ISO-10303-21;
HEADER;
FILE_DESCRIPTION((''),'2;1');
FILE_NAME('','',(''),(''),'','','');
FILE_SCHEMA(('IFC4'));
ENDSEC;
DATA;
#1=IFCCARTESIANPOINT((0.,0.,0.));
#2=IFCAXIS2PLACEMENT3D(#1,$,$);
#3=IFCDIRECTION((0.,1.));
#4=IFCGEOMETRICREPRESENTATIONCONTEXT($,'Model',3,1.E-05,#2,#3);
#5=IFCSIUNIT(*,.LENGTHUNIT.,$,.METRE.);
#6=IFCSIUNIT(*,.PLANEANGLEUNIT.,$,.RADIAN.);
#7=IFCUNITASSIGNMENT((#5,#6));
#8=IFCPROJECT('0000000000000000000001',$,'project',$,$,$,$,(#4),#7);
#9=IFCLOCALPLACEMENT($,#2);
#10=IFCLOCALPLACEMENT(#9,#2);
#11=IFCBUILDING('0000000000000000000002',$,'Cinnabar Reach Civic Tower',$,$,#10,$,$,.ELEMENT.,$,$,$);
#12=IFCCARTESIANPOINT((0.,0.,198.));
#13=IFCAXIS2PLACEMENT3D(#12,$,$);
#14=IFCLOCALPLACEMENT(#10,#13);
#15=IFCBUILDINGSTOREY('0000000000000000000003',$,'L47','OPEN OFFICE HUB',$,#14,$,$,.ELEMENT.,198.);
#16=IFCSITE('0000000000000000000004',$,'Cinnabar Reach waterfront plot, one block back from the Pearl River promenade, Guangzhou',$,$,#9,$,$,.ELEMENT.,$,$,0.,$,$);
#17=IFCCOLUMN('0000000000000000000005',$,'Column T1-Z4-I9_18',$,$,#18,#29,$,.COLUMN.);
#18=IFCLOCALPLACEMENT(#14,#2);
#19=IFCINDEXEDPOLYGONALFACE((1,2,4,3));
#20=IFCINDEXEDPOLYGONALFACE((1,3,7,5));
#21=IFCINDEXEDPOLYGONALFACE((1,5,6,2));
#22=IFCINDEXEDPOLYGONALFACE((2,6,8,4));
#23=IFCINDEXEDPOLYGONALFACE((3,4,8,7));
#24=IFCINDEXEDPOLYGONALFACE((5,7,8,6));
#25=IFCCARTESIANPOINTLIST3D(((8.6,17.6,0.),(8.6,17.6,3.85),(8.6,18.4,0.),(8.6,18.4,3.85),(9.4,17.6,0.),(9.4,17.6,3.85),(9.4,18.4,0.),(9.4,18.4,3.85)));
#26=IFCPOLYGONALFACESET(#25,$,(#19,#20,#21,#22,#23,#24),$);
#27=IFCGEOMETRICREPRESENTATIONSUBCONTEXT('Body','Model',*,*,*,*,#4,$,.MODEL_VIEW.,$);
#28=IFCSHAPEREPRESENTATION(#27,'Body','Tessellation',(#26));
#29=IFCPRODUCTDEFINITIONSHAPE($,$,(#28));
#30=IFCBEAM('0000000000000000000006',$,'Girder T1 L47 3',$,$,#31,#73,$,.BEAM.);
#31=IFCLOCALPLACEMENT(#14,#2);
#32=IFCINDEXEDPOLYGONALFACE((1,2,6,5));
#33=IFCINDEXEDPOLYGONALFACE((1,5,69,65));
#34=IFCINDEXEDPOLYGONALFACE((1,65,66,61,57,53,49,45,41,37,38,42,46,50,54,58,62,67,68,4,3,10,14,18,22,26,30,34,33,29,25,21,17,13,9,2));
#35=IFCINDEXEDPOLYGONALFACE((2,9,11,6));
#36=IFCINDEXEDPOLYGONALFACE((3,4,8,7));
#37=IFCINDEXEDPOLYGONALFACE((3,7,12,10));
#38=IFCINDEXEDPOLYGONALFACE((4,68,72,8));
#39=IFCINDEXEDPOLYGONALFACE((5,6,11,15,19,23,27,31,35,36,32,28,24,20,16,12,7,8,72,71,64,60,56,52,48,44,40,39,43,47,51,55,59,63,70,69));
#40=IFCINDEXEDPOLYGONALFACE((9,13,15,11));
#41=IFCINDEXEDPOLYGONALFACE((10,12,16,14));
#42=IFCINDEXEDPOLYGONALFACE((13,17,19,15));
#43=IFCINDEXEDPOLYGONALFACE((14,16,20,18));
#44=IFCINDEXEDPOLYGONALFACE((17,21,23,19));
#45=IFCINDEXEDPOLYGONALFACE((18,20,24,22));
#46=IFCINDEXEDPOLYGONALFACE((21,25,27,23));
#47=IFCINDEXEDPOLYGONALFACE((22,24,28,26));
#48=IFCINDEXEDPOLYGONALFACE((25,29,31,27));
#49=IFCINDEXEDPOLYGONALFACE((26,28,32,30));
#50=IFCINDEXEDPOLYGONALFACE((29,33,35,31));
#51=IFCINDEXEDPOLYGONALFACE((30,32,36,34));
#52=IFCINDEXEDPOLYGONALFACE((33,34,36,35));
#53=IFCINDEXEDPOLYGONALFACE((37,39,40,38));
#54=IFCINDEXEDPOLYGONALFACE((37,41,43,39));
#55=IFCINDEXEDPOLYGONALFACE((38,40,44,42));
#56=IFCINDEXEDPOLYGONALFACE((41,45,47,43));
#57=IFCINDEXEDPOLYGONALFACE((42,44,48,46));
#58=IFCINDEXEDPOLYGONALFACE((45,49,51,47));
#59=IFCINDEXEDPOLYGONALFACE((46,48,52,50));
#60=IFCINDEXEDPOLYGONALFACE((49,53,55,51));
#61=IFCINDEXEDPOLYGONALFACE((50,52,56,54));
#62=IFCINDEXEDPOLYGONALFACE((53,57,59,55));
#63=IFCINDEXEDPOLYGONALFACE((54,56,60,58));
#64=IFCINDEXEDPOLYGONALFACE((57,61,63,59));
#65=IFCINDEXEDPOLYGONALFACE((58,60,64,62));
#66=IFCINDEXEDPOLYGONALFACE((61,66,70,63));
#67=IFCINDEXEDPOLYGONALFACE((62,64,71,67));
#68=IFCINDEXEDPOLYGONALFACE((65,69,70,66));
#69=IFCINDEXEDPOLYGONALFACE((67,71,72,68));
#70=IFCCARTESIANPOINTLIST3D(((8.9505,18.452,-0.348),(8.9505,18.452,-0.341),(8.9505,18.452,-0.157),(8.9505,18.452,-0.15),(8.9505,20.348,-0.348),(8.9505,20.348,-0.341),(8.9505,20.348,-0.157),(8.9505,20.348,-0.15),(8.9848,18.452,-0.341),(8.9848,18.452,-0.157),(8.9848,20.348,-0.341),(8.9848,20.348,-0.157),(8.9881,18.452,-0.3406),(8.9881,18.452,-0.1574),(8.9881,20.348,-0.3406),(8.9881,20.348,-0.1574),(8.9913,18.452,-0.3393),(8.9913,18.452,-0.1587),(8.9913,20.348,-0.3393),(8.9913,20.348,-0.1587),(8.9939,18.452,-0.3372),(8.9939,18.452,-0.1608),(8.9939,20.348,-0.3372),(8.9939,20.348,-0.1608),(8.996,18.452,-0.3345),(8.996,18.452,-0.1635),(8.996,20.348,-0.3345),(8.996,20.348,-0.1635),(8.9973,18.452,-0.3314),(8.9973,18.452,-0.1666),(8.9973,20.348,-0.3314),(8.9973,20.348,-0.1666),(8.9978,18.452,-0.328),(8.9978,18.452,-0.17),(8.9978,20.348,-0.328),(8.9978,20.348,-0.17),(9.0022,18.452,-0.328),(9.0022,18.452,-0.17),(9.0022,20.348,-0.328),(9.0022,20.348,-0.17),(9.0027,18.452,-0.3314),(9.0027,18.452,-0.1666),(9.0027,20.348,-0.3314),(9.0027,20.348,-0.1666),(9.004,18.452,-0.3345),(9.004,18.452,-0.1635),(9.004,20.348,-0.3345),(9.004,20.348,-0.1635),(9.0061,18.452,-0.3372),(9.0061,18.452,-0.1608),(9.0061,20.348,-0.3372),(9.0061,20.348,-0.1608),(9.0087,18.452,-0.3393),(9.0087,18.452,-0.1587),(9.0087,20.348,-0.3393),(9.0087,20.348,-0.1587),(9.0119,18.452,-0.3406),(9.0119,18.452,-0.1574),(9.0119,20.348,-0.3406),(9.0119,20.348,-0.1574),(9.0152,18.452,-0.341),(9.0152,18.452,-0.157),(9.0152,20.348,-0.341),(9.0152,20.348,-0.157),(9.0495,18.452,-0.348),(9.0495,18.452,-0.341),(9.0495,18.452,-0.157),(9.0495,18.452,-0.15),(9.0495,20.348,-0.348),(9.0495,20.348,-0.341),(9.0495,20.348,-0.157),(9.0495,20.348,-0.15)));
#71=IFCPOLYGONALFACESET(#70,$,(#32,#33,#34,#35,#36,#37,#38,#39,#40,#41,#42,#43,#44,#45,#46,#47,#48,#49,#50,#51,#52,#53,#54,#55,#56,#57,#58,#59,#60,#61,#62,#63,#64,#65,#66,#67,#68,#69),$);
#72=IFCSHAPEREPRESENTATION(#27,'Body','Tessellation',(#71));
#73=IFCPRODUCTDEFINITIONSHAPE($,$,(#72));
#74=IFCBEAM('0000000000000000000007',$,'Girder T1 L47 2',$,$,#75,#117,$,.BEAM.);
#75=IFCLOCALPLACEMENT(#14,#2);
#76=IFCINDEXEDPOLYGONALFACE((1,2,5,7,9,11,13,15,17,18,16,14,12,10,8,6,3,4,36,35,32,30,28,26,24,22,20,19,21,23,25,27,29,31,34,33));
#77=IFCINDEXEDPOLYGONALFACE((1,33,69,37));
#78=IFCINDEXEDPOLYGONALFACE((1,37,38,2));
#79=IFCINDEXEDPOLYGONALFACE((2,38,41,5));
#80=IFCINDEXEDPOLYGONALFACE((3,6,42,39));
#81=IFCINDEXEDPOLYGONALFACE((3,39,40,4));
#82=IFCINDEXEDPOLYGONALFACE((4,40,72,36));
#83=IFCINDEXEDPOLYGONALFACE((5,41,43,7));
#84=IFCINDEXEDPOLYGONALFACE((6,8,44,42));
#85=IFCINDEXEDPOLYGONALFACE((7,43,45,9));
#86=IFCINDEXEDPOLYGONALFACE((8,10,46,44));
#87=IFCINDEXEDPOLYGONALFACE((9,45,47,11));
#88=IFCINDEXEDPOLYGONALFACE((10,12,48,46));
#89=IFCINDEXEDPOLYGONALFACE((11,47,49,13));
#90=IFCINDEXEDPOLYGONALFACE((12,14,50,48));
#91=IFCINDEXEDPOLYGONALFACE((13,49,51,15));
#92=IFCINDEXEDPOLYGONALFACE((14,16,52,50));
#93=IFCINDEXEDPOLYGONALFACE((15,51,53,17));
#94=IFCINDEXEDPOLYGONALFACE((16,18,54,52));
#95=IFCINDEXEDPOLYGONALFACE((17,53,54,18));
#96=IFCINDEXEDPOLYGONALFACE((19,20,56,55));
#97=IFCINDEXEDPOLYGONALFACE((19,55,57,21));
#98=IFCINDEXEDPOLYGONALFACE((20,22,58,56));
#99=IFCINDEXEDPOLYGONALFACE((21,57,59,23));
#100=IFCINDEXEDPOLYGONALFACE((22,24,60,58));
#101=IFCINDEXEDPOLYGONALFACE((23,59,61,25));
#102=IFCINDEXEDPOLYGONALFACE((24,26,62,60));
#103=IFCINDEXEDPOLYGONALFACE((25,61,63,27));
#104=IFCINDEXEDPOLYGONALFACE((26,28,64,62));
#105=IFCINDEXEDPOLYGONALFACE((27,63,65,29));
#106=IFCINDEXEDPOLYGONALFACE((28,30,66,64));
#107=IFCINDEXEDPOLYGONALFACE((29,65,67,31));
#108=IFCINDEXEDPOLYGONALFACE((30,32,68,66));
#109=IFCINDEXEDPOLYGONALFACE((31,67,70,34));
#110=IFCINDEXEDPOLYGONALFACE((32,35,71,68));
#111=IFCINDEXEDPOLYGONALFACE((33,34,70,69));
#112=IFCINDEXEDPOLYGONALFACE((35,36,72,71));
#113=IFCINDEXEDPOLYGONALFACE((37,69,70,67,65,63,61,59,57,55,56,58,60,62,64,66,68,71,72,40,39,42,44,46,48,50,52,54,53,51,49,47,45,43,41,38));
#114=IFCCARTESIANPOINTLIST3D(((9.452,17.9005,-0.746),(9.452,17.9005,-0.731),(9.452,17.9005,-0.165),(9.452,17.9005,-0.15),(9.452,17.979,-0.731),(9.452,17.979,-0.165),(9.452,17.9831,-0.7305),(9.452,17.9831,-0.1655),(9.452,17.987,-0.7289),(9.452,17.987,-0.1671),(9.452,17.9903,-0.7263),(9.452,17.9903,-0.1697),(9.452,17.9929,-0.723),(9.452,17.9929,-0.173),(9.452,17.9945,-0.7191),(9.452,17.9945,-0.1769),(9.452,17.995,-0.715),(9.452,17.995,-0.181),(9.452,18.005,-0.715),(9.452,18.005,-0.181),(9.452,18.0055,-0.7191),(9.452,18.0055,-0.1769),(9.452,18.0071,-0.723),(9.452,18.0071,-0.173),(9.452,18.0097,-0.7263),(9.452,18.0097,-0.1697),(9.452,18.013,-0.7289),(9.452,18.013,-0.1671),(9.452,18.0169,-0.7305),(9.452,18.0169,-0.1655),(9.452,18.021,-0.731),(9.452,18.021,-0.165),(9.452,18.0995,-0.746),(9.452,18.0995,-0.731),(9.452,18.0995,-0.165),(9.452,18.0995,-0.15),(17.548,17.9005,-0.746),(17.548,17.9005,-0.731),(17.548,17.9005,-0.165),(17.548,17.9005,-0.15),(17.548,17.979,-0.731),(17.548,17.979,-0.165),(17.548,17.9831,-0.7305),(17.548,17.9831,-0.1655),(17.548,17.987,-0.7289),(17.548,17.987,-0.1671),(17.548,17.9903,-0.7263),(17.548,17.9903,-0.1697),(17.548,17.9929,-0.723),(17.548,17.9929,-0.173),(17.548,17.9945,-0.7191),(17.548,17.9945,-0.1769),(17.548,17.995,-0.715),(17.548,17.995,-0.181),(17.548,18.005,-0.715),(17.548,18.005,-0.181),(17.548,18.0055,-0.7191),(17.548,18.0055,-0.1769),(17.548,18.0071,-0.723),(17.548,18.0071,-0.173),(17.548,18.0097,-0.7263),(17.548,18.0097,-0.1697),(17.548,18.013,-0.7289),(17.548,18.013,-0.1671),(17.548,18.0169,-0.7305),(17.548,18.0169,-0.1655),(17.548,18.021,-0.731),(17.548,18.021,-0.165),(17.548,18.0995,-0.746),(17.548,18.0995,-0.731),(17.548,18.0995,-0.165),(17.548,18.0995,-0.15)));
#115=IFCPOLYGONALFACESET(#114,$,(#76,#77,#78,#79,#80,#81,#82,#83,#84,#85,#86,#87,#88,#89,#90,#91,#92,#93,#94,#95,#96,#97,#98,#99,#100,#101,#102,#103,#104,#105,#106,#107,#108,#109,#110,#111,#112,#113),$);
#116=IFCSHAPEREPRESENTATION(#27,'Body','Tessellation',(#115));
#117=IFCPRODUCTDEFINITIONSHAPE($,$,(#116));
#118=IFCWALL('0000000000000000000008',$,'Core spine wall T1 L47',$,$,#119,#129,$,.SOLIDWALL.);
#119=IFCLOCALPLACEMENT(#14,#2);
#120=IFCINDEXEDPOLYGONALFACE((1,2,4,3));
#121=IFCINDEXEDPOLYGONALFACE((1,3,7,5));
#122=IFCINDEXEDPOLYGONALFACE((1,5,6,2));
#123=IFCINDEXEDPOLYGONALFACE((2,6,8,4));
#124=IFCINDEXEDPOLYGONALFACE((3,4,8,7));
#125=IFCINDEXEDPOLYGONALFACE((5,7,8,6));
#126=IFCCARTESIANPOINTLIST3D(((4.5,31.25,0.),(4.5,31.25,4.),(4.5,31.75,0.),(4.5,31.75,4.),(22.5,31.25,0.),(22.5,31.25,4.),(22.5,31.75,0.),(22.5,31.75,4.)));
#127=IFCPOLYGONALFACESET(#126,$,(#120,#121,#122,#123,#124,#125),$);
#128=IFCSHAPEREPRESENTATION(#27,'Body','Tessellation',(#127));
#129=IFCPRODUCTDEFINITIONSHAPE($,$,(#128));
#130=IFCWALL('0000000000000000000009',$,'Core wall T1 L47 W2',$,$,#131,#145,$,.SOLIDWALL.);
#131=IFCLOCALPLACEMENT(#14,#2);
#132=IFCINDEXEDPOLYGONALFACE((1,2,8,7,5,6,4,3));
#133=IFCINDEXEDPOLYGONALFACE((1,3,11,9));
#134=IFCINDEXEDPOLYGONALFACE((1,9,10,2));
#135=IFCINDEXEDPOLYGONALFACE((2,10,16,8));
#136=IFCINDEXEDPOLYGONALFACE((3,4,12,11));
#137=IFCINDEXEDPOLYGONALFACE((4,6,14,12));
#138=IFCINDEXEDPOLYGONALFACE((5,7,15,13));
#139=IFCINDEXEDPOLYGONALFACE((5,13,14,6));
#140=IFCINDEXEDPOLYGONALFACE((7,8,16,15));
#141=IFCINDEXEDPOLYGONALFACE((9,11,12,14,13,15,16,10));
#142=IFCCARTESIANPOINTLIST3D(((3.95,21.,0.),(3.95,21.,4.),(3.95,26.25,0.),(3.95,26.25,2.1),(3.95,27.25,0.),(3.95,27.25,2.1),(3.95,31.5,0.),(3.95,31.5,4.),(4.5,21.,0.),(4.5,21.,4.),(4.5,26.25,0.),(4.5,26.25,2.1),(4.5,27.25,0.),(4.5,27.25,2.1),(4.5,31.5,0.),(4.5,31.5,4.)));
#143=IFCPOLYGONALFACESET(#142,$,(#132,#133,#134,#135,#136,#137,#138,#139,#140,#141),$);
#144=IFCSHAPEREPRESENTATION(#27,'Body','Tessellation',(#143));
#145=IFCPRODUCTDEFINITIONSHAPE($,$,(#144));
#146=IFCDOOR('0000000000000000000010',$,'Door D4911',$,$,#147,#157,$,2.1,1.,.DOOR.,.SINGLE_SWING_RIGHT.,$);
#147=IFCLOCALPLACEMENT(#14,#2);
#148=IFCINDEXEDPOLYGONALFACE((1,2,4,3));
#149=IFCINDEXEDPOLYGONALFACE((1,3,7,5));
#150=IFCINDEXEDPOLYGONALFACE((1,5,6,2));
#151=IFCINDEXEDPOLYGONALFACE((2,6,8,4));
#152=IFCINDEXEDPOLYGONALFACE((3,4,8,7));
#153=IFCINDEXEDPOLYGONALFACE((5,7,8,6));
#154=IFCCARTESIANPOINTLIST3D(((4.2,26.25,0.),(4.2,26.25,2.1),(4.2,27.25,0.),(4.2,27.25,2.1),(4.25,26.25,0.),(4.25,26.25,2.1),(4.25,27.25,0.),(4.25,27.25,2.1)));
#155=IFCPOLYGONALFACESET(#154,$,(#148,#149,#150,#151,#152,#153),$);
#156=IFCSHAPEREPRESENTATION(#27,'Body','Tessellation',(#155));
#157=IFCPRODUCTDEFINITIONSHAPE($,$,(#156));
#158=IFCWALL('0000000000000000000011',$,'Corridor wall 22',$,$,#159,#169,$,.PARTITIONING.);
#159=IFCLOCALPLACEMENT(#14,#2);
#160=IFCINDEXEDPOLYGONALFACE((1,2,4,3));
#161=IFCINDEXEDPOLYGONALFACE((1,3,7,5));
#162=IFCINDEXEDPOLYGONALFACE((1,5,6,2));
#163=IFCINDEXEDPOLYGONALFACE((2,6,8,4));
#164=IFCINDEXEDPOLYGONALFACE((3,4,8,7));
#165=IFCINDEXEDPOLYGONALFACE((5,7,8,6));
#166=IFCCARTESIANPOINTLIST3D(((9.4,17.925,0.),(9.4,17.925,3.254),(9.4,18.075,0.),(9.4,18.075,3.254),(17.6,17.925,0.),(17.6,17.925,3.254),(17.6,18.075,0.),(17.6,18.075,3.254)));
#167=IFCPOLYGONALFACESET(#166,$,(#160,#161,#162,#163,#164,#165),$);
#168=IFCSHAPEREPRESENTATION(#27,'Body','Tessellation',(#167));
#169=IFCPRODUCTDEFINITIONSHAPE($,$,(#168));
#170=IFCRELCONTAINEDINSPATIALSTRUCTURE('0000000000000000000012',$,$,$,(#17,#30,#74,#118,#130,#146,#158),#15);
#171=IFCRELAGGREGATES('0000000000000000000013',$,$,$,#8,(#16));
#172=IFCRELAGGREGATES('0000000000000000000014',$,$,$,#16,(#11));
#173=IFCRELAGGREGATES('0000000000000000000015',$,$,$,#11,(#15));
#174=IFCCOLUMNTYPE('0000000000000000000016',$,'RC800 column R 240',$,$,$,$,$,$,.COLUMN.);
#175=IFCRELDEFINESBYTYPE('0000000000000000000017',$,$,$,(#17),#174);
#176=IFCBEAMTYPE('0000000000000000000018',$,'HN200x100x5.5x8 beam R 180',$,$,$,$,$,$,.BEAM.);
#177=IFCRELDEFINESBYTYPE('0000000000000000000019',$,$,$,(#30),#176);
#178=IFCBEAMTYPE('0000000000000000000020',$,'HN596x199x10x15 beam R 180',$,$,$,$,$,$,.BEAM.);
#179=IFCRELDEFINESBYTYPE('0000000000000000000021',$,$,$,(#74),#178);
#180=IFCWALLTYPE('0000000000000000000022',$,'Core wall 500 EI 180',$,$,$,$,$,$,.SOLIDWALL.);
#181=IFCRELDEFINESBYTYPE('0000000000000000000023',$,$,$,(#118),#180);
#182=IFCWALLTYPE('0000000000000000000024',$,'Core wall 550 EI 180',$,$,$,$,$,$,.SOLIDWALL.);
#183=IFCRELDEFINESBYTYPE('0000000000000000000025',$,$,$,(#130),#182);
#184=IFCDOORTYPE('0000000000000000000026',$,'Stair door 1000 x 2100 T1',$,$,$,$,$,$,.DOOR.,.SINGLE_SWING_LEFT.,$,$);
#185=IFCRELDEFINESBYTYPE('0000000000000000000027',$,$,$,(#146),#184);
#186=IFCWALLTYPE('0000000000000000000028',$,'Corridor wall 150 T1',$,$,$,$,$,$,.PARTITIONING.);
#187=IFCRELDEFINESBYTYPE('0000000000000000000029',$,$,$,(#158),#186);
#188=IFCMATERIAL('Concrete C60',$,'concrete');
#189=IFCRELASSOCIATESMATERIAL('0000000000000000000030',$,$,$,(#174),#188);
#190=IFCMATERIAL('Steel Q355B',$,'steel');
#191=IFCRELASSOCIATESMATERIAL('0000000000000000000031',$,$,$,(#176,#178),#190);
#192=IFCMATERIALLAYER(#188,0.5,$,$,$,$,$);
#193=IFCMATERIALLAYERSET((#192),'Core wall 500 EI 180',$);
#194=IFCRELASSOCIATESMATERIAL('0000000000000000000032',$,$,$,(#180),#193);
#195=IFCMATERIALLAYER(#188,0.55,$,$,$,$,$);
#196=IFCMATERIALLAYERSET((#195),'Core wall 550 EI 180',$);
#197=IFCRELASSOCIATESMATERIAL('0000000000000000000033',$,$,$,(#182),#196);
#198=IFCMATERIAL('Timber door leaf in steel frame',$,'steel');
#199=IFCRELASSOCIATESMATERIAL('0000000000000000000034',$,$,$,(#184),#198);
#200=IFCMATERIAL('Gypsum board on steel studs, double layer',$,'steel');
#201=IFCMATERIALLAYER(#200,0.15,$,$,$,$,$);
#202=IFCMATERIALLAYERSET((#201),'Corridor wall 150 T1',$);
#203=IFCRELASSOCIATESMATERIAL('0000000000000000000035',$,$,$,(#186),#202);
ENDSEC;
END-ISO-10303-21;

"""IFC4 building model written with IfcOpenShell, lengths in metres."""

from ifc_helpers import new_model, si_unit, direction, frame, frame_2d, origin, origin_2d, place, context, subcontext, project, spatial, rectangle, i_section, extrude, material, layer, layer_set, material_profile, profile_set, type_object, element, fill, save


model = new_model("IFC4")

# Units and contexts
model_context = context("Model", 3, precision=1e-05, world=origin(), true_north=direction((0.0, 1.0)))
body_context = subcontext(model_context, "Body", "Model", "MODEL_VIEW")
ifc_project = project(units=[si_unit("LENGTHUNIT", "METRE"), si_unit("PLANEANGLEUNIT", "RADIAN")], contexts=[model_context])

# Site, building, storey
site_placement = place(None, origin())
site = spatial("IfcSite", under=ifc_project, at=site_placement, Name="Cinnabar Reach waterfront plot, one block back from the Pearl River promenade, Guangzhou", CompositionType="ELEMENT", RefElevation=0.0)
building_placement = place(site_placement, origin())
building = spatial("IfcBuilding", under=site, at=building_placement, Name="Cinnabar Reach Civic Tower", CompositionType="ELEMENT")
storey_placement = place(building_placement, frame((0.0, 0.0, 198.0)))
storey = spatial("IfcBuildingStorey", under=building, at=storey_placement, Name="L47", Description="OPEN OFFICE HUB", CompositionType="ELEMENT", Elevation=198.0)

# Column
ifc_material_1 = material(Name="Concrete C60", Category="concrete")
ifc_material_profile_1 = material_profile(ifc_material_1, rectangle(XDim=0.8, YDim=0.8, at=origin_2d()), Name="RC800")
ifc_profile_set_1 = profile_set([ifc_material_profile_1], Name="Concrete C60")
column_type = type_object("IfcColumnType", Name="RC800 column R 240", PredefinedType="COLUMN", material=ifc_profile_set_1)
column_placement = place(storey_placement, frame((9.0, 18.0, 0.0), z_axis=(0.0, 0.0, 1.0), x_axis=(1.0, 0.0, 0.0)))
element("IfcColumn", 1, at=column_placement, inside=storey, type_object=column_type, Name="Column T1-Z4-I9_18", PredefinedType="COLUMN", context=body_context, shape_type="SweptSolid", body=[
    extrude(rectangle(XDim=0.8, YDim=0.8, at=origin_2d()), origin(), (0.0, 0.0, 1.0), 3.85),
])

# Beams
ifc_material_2 = material(Name="Steel Q355B", Category="steel")
ifc_material_profile_2 = material_profile(ifc_material_2, i_section(OverallWidth=0.099, OverallDepth=0.198, WebThickness=0.0045, FlangeThickness=0.007, FilletRadius=0.013, at=origin_2d()), Name="HN200x100x5.5x8")
ifc_profile_set_2 = profile_set([ifc_material_profile_2], Name="Steel Q355B")
beam_type_1 = type_object("IfcBeamType", Name="HN200x100x5.5x8 beam R 180", PredefinedType="BEAM", material=ifc_profile_set_2)
beam_1_placement = place(storey_placement, frame((9.0, 18.452, -0.249), z_axis=(0.0, 1.0, 0.0), x_axis=(-1.0, 0.0, 0.0)))
element("IfcBeam", 2, at=beam_1_placement, inside=storey, type_object=beam_type_1, Name="Girder T1 L47 3", PredefinedType="BEAM", context=body_context, shape_type="SweptSolid", body=[
    extrude(i_section(OverallWidth=0.099, OverallDepth=0.198, WebThickness=0.0045, FlangeThickness=0.007, FilletRadius=0.013, at=origin_2d()), origin(), (0.0, 0.0, 1.0), 1.896),
])
ifc_material_profile_3 = material_profile(ifc_material_2, i_section(OverallWidth=0.199, OverallDepth=0.596, WebThickness=0.01, FlangeThickness=0.015, FilletRadius=0.016, at=origin_2d()), Name="HN596x199x10x15")
ifc_profile_set_3 = profile_set([ifc_material_profile_3], Name="Steel Q355B")
beam_type_2 = type_object("IfcBeamType", Name="HN596x199x10x15 beam R 180", PredefinedType="BEAM", material=ifc_profile_set_3)
beam_2_placement = place(storey_placement, frame((9.452, 18.0, -0.448), z_axis=(1.0, 0.0, 0.0), x_axis=(0.0, 1.0, 0.0)))
element("IfcBeam", 3, at=beam_2_placement, inside=storey, type_object=beam_type_2, Name="Girder T1 L47 2", PredefinedType="BEAM", context=body_context, shape_type="SweptSolid", body=[
    extrude(i_section(OverallWidth=0.199, OverallDepth=0.596, WebThickness=0.01, FlangeThickness=0.015, FilletRadius=0.016, at=origin_2d()), origin(), (0.0, 0.0, 1.0), 8.096),
])

# Wall
ifc_layer_1 = layer(ifc_material_1, 0.5)
ifc_layer_set_1 = layer_set([ifc_layer_1], Name="Core wall 500 EI 180")
wall_type_1 = type_object("IfcWallType", Name="Core wall 500 EI 180", PredefinedType="SOLIDWALL", material=ifc_layer_set_1)
wall_1_placement = place(storey_placement, frame((4.5, 31.5, 0.0), z_axis=(0.0, 0.0, 1.0), x_axis=(1.0, 0.0, 0.0)))
element("IfcWall", 4, at=wall_1_placement, inside=storey, type_object=wall_type_1, Name="Core spine wall T1 L47", PredefinedType="SOLIDWALL", context=body_context, shape_type="SweptSolid", body=[
    extrude(rectangle(XDim=18.0, YDim=0.5, at=frame_2d((9.0, 0.0))), origin(), (0.0, 0.0, 1.0), 4.0),
])

# Wall, opening, door
ifc_layer_2 = layer(ifc_material_1, 0.55)
ifc_layer_set_2 = layer_set([ifc_layer_2], Name="Core wall 550 EI 180")
wall_type_2 = type_object("IfcWallType", Name="Core wall 550 EI 180", PredefinedType="SOLIDWALL", material=ifc_layer_set_2)
wall_2_placement = place(storey_placement, frame((4.225, 31.5, 0.0), z_axis=(0.0, 0.0, 1.0), x_axis=(0.0, -1.0, 0.0)))
wall_2 = element("IfcWall", 5, at=wall_2_placement, inside=storey, type_object=wall_type_2, Name="Core wall T1 L47 W2", PredefinedType="SOLIDWALL", context=body_context, shape_type="SweptSolid", body=[
    extrude(rectangle(XDim=10.5, YDim=0.55, at=frame_2d((5.25, 0.0))), origin(), (0.0, 0.0, 1.0), 4.0),
])
opening_1_placement = place(wall_2_placement, frame((4.25, 0.0, 0.0)))
opening_1 = element("IfcOpeningElement", 6, at=opening_1_placement, cuts=wall_2, PredefinedType="OPENING", context=body_context, shape_type="SweptSolid", body=[
    extrude(rectangle(XDim=1.0, YDim=2.1, at=frame_2d((0.5, 1.05))), frame((0.0, 0.285, 0.0), z_axis=(0.0, -1.0, 0.0), x_axis=(1.0, 0.0, 0.0)), (0.0, 0.0, 1.0), 0.57),
])
ifc_material_3 = material(Name="Timber door leaf in steel frame", Category="steel")
door_type_1 = type_object("IfcDoorType", Name="Stair door 1000 x 2100 T1", OperationType="SINGLE_SWING_LEFT", PredefinedType="DOOR", material=ifc_material_3)
door_1_placement = place(opening_1_placement, frame((1.0, 0.0, 0.0), z_axis=(0.0, 0.0, 1.0), x_axis=(-1.0, 0.0, 0.0)))
door_1 = element("IfcDoor", 7, at=door_1_placement, inside=storey, type_object=door_type_1, Name="Door D4911", OperationType="SINGLE_SWING_RIGHT", OverallHeight=2.1, OverallWidth=1.0, PredefinedType="DOOR", context=body_context, shape_type="SweptSolid", body=[
    extrude(rectangle(XDim=1.0, YDim=2.1, at=frame_2d((0.5, 1.05))), frame((0.0, 0.025, 0.0), z_axis=(0.0, -1.0, 0.0), x_axis=(1.0, 0.0, 0.0)), (0.0, 0.0, 1.0), 0.05),
])
fill(opening_1, door_1)

# Wall
ifc_material_4 = material(Name="Gypsum board on steel studs, double layer", Category="steel")
ifc_layer_3 = layer(ifc_material_4, 0.15)
ifc_layer_set_3 = layer_set([ifc_layer_3], Name="Corridor wall 150 T1")
wall_type_3 = type_object("IfcWallType", Name="Corridor wall 150 T1", PredefinedType="PARTITIONING", material=ifc_layer_set_3)
wall_3_placement = place(storey_placement, frame((9.4, 18.0, 0.0), z_axis=(0.0, 0.0, 1.0), x_axis=(1.0, 0.0, 0.0)))
element("IfcWall", 8, at=wall_3_placement, inside=storey, type_object=wall_type_3, Name="Corridor wall 22", PredefinedType="PARTITIONING", context=body_context, shape_type="SweptSolid", body=[
    extrude(rectangle(XDim=8.2, YDim=0.15, at=frame_2d((4.1, 0.0))), origin(), (0.0, 0.0, 1.0), 3.254),
])

save(model, "model.ifc")
